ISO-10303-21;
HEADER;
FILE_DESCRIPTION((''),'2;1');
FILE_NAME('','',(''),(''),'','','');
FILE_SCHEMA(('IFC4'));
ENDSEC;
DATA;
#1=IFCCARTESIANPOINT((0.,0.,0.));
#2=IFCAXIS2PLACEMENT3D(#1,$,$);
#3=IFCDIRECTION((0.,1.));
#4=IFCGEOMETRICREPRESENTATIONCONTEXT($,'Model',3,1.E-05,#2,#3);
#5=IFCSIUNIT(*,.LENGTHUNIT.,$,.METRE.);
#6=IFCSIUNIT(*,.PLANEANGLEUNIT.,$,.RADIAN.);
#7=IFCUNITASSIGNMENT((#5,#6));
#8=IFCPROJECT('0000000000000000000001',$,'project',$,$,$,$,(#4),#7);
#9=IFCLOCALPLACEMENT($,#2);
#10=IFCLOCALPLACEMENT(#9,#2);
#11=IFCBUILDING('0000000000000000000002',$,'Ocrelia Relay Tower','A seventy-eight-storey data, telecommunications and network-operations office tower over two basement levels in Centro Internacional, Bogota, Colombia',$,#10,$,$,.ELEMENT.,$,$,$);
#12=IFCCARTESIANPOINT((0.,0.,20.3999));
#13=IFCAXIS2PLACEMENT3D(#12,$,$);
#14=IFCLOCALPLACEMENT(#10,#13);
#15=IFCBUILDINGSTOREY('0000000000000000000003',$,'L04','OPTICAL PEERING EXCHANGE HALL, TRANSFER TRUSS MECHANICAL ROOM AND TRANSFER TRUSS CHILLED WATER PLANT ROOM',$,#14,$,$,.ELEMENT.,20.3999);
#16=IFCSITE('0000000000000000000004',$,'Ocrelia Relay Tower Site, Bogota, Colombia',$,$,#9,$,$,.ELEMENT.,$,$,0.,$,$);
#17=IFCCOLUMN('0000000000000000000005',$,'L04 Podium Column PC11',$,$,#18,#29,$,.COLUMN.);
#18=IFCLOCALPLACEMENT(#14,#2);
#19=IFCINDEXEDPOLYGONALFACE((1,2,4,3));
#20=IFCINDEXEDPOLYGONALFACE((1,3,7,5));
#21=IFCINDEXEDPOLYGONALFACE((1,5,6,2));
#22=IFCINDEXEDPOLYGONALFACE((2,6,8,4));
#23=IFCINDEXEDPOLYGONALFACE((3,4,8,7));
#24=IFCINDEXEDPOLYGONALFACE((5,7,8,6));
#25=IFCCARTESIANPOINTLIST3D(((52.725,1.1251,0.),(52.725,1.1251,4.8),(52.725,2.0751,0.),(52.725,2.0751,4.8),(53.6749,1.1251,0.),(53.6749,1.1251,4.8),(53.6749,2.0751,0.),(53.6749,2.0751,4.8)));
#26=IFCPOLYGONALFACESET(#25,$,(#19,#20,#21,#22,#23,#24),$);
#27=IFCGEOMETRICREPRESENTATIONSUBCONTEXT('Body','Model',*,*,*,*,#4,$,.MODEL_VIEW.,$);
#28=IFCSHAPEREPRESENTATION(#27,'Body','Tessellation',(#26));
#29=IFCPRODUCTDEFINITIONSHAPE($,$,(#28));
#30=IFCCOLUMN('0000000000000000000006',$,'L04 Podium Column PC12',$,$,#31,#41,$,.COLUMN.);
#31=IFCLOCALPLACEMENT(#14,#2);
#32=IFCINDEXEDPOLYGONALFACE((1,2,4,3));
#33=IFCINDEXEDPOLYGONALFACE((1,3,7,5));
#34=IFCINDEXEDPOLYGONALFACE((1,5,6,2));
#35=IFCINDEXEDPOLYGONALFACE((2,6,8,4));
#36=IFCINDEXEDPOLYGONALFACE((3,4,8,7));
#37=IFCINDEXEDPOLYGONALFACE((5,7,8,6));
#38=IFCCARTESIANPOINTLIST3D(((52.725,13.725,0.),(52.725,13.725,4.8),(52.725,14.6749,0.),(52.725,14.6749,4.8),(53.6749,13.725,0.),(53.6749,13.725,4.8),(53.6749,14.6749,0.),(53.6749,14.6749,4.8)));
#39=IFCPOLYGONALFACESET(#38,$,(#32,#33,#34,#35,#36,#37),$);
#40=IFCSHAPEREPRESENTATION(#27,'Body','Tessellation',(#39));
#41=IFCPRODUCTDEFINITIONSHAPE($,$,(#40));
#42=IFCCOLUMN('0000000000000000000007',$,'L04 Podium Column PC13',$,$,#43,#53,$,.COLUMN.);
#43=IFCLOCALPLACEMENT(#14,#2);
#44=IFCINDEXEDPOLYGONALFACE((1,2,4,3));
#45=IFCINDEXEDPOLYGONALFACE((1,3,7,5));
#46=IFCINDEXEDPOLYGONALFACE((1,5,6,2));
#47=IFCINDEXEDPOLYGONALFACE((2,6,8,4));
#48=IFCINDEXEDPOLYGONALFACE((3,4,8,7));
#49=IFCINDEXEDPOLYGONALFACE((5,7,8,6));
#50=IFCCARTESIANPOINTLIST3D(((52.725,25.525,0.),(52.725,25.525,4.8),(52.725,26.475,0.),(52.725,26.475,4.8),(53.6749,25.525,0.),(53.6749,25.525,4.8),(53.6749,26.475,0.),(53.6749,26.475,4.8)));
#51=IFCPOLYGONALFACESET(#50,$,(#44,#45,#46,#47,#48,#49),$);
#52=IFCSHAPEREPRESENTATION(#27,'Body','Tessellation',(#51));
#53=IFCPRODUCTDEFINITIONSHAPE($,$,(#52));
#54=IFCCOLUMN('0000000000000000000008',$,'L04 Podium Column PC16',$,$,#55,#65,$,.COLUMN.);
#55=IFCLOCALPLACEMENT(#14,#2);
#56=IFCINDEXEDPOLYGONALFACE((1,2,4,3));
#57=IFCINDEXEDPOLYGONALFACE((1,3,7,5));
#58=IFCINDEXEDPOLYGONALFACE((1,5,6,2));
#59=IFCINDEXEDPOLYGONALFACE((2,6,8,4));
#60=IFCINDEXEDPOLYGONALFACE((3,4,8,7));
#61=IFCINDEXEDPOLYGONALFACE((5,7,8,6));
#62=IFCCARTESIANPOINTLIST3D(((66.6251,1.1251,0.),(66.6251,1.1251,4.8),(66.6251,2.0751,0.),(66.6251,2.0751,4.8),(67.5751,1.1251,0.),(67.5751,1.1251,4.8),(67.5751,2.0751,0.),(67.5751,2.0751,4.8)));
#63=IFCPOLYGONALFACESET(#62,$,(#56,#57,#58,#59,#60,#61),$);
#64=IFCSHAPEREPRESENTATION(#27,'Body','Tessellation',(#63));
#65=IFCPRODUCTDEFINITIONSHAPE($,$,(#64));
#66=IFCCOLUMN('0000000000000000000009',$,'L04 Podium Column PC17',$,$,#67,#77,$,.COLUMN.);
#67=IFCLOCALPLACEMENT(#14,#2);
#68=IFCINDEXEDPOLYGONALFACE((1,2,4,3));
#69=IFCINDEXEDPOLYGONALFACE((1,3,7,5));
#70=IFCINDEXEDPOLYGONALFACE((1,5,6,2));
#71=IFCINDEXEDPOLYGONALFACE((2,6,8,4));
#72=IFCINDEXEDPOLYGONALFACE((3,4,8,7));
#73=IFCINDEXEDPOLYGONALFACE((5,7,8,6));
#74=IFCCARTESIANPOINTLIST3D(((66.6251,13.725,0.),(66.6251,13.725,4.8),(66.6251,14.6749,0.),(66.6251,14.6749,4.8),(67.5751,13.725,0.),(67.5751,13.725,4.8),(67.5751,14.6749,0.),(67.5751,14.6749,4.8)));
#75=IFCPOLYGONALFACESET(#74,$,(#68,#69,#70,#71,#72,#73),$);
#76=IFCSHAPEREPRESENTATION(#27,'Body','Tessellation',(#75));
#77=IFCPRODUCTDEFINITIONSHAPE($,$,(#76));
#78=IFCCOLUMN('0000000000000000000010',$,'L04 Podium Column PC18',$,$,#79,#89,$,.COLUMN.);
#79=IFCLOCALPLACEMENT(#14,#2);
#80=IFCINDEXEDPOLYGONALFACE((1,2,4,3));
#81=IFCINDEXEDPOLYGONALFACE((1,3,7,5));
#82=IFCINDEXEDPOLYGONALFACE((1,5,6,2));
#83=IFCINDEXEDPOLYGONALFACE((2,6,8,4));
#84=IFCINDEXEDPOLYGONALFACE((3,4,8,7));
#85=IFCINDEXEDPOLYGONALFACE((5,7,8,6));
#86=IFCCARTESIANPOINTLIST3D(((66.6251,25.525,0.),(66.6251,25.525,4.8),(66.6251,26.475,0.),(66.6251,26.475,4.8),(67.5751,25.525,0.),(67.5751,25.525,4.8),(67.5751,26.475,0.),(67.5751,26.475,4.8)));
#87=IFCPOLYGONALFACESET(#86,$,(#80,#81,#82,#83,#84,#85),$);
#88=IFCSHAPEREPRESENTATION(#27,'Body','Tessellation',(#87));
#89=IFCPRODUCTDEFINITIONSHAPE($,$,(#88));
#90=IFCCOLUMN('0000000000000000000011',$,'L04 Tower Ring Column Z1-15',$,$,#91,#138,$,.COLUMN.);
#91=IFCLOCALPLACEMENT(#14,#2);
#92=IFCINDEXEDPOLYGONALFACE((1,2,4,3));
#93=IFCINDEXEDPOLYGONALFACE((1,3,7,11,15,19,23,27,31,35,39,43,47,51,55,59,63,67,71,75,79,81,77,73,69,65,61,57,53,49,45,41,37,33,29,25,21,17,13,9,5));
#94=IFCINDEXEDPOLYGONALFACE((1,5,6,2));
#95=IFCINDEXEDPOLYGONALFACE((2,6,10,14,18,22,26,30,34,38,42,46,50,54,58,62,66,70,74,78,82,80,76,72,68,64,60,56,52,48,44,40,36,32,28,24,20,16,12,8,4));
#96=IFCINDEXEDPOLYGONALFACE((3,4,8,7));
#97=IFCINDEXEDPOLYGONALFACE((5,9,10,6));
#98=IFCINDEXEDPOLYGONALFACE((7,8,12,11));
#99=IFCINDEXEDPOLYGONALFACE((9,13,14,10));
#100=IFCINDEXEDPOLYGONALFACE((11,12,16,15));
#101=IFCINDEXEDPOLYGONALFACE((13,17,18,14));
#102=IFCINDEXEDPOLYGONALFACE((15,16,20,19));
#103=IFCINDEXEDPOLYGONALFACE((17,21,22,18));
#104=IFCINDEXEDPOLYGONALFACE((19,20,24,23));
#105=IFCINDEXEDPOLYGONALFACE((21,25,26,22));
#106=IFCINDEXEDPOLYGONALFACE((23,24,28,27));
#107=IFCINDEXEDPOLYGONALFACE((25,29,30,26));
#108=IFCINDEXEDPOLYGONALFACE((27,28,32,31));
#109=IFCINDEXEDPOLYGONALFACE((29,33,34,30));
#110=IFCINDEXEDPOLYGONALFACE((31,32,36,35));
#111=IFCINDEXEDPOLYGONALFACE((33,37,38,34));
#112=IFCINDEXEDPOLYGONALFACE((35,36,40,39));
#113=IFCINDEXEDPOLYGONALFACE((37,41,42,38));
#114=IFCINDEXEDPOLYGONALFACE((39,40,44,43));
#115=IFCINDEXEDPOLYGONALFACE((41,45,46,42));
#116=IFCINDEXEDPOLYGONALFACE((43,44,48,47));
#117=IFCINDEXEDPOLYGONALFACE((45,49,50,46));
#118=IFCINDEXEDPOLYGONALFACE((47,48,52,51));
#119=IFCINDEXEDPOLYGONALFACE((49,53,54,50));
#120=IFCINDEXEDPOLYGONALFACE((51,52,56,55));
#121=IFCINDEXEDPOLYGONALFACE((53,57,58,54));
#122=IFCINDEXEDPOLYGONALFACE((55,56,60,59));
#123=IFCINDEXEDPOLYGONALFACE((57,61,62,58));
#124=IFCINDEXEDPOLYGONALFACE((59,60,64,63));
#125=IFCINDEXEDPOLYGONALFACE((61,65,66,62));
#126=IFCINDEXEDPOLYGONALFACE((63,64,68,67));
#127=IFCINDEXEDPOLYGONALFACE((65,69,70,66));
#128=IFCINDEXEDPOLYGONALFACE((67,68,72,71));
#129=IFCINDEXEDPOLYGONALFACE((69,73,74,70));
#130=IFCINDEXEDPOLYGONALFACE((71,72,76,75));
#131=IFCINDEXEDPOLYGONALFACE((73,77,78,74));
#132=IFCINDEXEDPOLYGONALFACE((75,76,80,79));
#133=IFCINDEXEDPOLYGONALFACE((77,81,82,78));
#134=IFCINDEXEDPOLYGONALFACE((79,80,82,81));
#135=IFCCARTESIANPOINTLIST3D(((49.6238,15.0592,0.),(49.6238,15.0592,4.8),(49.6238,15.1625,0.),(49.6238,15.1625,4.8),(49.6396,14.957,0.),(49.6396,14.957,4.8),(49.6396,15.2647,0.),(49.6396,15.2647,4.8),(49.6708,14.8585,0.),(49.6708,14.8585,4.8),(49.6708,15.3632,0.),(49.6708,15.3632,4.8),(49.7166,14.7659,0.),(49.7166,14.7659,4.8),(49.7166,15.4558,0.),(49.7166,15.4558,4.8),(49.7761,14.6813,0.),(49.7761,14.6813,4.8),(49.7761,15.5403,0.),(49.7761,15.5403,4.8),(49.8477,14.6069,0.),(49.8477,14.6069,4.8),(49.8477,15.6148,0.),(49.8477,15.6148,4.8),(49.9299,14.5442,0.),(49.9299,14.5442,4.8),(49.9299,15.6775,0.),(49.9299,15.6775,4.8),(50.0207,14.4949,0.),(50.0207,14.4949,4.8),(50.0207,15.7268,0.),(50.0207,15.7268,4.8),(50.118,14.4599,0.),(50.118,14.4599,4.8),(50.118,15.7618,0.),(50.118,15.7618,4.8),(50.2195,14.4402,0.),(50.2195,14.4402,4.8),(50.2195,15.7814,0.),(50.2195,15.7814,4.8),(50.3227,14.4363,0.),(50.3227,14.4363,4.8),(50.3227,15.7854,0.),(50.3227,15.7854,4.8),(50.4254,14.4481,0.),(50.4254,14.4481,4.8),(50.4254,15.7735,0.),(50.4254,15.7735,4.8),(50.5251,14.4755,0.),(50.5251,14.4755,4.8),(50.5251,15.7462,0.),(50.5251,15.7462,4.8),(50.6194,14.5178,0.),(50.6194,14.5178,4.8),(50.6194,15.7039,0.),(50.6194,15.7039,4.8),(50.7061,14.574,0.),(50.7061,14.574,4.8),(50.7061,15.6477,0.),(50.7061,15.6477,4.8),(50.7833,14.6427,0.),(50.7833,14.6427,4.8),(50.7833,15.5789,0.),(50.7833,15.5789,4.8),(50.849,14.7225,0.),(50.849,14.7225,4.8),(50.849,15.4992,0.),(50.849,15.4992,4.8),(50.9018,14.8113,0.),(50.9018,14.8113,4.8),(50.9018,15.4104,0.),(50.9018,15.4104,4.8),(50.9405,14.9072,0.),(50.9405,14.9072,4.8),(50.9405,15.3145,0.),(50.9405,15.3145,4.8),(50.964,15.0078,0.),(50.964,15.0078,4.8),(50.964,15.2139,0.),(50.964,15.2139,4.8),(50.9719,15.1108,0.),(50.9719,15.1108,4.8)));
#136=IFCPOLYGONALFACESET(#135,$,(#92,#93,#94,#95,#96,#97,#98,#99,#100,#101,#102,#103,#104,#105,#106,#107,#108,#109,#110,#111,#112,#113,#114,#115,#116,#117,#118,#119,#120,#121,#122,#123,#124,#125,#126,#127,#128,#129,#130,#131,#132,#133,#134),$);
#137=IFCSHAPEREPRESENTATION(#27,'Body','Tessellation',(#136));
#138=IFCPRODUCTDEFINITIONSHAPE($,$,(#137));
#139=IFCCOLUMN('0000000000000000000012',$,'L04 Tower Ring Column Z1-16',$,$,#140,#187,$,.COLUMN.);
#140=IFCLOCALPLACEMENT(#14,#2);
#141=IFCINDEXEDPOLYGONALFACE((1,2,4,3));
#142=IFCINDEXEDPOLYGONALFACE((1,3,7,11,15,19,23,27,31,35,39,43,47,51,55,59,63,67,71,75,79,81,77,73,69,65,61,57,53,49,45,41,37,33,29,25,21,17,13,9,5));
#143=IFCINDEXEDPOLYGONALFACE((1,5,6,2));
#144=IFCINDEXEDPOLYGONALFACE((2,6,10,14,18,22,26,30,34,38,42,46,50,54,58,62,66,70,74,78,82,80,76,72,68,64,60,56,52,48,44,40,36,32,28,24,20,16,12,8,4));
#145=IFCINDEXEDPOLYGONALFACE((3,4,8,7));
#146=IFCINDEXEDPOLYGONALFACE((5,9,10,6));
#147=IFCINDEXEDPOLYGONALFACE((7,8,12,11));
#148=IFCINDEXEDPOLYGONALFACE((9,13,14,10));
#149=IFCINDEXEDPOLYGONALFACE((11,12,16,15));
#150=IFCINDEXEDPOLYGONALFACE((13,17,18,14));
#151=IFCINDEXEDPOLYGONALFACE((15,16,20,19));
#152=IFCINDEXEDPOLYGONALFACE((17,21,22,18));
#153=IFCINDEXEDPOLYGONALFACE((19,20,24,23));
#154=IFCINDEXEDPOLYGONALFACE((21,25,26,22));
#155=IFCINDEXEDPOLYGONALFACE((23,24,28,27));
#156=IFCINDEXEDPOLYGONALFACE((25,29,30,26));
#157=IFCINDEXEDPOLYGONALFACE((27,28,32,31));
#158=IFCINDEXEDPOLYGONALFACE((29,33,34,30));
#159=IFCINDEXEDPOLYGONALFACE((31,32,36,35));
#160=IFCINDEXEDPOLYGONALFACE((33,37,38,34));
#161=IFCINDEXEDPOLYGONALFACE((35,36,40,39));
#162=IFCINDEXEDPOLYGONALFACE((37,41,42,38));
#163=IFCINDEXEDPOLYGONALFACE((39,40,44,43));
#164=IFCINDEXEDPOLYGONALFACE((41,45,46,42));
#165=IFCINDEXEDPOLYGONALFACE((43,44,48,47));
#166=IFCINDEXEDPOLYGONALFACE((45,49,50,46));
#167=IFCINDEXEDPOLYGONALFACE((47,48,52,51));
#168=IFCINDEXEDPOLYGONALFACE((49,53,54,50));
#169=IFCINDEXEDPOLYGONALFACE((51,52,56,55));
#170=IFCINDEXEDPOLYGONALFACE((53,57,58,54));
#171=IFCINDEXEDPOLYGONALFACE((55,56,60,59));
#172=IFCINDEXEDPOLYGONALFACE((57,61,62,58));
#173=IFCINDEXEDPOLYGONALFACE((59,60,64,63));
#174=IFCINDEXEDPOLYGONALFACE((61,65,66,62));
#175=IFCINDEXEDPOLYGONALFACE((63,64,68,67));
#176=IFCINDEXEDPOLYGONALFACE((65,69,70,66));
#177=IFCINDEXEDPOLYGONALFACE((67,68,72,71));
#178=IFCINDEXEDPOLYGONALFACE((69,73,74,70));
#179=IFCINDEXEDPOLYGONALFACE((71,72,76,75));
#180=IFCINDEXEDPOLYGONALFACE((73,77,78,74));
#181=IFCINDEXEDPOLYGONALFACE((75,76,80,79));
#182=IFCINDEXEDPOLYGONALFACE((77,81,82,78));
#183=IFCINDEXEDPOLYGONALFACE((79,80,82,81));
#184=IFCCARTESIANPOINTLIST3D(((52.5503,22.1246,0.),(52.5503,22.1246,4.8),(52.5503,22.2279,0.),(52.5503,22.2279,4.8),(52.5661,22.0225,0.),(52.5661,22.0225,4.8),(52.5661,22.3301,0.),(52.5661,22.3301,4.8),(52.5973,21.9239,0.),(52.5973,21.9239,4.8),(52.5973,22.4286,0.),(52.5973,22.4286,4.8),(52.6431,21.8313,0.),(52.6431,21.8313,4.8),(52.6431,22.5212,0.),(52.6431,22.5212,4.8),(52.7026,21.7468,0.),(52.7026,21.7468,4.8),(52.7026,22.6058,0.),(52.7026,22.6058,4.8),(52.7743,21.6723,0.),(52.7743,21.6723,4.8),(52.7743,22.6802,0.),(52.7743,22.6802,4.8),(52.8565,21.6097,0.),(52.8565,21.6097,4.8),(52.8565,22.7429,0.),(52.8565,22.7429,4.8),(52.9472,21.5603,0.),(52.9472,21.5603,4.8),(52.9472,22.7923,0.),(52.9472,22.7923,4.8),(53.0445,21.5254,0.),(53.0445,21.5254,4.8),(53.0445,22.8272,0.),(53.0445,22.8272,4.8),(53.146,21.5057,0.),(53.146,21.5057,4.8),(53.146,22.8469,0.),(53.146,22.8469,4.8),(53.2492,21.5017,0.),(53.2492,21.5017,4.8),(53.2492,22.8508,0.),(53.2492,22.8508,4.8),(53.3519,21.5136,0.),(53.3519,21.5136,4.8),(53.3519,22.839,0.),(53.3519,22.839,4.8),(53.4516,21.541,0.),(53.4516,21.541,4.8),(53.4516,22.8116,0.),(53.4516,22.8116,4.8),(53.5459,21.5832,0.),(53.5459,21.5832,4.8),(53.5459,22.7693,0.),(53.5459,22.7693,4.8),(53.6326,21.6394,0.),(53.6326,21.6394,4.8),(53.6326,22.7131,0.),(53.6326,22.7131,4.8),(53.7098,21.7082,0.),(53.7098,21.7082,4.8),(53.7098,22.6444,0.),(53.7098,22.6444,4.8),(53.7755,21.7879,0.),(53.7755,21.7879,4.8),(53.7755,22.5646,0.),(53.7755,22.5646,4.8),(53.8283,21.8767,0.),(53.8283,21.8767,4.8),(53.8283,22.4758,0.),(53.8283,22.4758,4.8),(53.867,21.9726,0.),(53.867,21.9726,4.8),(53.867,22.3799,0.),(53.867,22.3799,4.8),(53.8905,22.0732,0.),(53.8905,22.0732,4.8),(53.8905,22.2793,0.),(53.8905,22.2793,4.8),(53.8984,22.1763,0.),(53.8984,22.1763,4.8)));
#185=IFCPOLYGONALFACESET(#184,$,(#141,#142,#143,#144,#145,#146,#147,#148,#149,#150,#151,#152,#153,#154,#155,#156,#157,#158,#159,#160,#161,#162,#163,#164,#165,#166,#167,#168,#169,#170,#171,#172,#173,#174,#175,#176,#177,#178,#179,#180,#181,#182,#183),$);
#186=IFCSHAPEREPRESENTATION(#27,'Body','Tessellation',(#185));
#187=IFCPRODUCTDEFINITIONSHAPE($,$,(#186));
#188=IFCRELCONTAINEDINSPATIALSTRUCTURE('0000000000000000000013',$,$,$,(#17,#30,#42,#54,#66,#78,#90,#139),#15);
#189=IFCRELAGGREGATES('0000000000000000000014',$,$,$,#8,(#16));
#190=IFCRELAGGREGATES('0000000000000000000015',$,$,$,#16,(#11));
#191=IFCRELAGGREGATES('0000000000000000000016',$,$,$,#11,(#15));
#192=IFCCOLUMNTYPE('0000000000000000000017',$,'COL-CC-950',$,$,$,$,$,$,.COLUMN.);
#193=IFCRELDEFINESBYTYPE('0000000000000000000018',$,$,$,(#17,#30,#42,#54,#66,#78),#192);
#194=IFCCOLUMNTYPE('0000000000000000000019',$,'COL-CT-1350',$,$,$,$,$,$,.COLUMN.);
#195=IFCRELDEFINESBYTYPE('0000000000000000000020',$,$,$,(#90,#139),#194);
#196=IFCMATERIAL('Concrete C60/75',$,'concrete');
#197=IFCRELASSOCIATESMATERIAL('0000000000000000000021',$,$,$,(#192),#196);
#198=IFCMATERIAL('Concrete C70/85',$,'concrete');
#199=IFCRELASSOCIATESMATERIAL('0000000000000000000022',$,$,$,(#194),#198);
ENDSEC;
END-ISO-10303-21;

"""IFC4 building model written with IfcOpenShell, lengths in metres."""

from ifc_helpers import new_model, si_unit, direction, frame, origin, origin_2d, place, context, subcontext, project, spatial, rectangle, circle, extrude, material, material_profile, profile_set, type_object, element, save


model = new_model("IFC4")

# Units and contexts
model_context = context("Model", 3, precision=1e-05, world=origin(), true_north=direction((0.0, 1.0)))
body_context = subcontext(model_context, "Body", "Model", "MODEL_VIEW")
ifc_project = project(units=[si_unit("LENGTHUNIT", "METRE"), si_unit("PLANEANGLEUNIT", "RADIAN")], contexts=[model_context])

# Site, building, storey
site_placement = place(None, origin())
site = spatial("IfcSite", under=ifc_project, at=site_placement, Name="Ocrelia Relay Tower Site, Bogota, Colombia", CompositionType="ELEMENT", RefElevation=0.0)
building_placement = place(site_placement, origin())
building = spatial("IfcBuilding", under=site, at=building_placement, Name="Ocrelia Relay Tower", Description="A seventy-eight-storey data, telecommunications and network-operations office tower over two basement levels in Centro Internacional, Bogota, Colombia", CompositionType="ELEMENT")
storey_placement = place(building_placement, frame((0.0, 0.0, 20.3999)))
storey = spatial("IfcBuildingStorey", under=building, at=storey_placement, Name="L04", Description="OPTICAL PEERING EXCHANGE HALL, TRANSFER TRUSS MECHANICAL ROOM AND TRANSFER TRUSS CHILLED WATER PLANT ROOM", CompositionType="ELEMENT", Elevation=20.3999)

# Columns
ifc_material_1 = material(Name="Concrete C60/75", Category="concrete")
ifc_material_profile_1 = material_profile(ifc_material_1, rectangle(XDim=0.95, YDim=0.95, at=origin_2d()), Name="RC-COL-950x950")
ifc_profile_set_1 = profile_set([ifc_material_profile_1], Name="Concrete C60/75")
column_type_1 = type_object("IfcColumnType", Name="COL-CC-950", PredefinedType="COLUMN", material=ifc_profile_set_1)
for number, where, z_axis, x_axis, name in (
    (1, (53.2, 1.6001, 0.0), (0.0, 0.0, 1.0), (1.0, 0.0, 0.0), "L04 Podium Column PC11"),
    (2, (53.2, 14.2, 0.0), (0.0, 0.0, 1.0), (1.0, 0.0, 0.0), "L04 Podium Column PC12"),
    (3, (53.2, 26.0, 0.0), (0.0, 0.0, 1.0), (1.0, 0.0, 0.0), "L04 Podium Column PC13"),
    (4, (67.1001, 1.6001, 0.0), (0.0, 0.0, 1.0), (1.0, 0.0, 0.0), "L04 Podium Column PC16"),
    (5, (67.1001, 14.2, 0.0), (0.0, 0.0, 1.0), (1.0, 0.0, 0.0), "L04 Podium Column PC17"),
    (6, (67.1001, 26.0, 0.0), (0.0, 0.0, 1.0), (1.0, 0.0, 0.0), "L04 Podium Column PC18"),
):
    element("IfcColumn", number, at=place(storey_placement, frame(where, z_axis=z_axis, x_axis=x_axis)), inside=storey, type_object=column_type_1, Name=name, PredefinedType="COLUMN", context=body_context, shape_type="SweptSolid", body=[
        extrude(rectangle(XDim=0.95, YDim=0.95, at=origin_2d()), origin(), (0.0, 0.0, 1.0), 4.8),
    ])
ifc_material_2 = material(Name="Concrete C70/85", Category="concrete")
ifc_material_profile_2 = material_profile(ifc_material_2, circle(Radius=0.675, at=origin_2d()), Name="RC-CIR-1350")
ifc_profile_set_2 = profile_set([ifc_material_profile_2], Name="Concrete C70/85")
column_type_2 = type_object("IfcColumnType", Name="COL-CT-1350", PredefinedType="COLUMN", material=ifc_profile_set_2)
for number, where, z_axis, x_axis, name in (
    (7, (50.2969, 15.1108, 0.0), (0.0, 0.0, 1.0), (1.0, 0.0, 0.0), "L04 Tower Ring Column Z1-15"),
    (8, (53.2234, 22.1763, 0.0), (0.0, 0.0, 1.0), (1.0, 0.0, 0.0), "L04 Tower Ring Column Z1-16"),
):
    element("IfcColumn", number, at=place(storey_placement, frame(where, z_axis=z_axis, x_axis=x_axis)), inside=storey, type_object=column_type_2, Name=name, PredefinedType="COLUMN", context=body_context, shape_type="SweptSolid", body=[
        extrude(circle(Radius=0.675, at=origin_2d()), origin(), (0.0, 0.0, 1.0), 4.8),
    ])

save(model, "model.ifc")
